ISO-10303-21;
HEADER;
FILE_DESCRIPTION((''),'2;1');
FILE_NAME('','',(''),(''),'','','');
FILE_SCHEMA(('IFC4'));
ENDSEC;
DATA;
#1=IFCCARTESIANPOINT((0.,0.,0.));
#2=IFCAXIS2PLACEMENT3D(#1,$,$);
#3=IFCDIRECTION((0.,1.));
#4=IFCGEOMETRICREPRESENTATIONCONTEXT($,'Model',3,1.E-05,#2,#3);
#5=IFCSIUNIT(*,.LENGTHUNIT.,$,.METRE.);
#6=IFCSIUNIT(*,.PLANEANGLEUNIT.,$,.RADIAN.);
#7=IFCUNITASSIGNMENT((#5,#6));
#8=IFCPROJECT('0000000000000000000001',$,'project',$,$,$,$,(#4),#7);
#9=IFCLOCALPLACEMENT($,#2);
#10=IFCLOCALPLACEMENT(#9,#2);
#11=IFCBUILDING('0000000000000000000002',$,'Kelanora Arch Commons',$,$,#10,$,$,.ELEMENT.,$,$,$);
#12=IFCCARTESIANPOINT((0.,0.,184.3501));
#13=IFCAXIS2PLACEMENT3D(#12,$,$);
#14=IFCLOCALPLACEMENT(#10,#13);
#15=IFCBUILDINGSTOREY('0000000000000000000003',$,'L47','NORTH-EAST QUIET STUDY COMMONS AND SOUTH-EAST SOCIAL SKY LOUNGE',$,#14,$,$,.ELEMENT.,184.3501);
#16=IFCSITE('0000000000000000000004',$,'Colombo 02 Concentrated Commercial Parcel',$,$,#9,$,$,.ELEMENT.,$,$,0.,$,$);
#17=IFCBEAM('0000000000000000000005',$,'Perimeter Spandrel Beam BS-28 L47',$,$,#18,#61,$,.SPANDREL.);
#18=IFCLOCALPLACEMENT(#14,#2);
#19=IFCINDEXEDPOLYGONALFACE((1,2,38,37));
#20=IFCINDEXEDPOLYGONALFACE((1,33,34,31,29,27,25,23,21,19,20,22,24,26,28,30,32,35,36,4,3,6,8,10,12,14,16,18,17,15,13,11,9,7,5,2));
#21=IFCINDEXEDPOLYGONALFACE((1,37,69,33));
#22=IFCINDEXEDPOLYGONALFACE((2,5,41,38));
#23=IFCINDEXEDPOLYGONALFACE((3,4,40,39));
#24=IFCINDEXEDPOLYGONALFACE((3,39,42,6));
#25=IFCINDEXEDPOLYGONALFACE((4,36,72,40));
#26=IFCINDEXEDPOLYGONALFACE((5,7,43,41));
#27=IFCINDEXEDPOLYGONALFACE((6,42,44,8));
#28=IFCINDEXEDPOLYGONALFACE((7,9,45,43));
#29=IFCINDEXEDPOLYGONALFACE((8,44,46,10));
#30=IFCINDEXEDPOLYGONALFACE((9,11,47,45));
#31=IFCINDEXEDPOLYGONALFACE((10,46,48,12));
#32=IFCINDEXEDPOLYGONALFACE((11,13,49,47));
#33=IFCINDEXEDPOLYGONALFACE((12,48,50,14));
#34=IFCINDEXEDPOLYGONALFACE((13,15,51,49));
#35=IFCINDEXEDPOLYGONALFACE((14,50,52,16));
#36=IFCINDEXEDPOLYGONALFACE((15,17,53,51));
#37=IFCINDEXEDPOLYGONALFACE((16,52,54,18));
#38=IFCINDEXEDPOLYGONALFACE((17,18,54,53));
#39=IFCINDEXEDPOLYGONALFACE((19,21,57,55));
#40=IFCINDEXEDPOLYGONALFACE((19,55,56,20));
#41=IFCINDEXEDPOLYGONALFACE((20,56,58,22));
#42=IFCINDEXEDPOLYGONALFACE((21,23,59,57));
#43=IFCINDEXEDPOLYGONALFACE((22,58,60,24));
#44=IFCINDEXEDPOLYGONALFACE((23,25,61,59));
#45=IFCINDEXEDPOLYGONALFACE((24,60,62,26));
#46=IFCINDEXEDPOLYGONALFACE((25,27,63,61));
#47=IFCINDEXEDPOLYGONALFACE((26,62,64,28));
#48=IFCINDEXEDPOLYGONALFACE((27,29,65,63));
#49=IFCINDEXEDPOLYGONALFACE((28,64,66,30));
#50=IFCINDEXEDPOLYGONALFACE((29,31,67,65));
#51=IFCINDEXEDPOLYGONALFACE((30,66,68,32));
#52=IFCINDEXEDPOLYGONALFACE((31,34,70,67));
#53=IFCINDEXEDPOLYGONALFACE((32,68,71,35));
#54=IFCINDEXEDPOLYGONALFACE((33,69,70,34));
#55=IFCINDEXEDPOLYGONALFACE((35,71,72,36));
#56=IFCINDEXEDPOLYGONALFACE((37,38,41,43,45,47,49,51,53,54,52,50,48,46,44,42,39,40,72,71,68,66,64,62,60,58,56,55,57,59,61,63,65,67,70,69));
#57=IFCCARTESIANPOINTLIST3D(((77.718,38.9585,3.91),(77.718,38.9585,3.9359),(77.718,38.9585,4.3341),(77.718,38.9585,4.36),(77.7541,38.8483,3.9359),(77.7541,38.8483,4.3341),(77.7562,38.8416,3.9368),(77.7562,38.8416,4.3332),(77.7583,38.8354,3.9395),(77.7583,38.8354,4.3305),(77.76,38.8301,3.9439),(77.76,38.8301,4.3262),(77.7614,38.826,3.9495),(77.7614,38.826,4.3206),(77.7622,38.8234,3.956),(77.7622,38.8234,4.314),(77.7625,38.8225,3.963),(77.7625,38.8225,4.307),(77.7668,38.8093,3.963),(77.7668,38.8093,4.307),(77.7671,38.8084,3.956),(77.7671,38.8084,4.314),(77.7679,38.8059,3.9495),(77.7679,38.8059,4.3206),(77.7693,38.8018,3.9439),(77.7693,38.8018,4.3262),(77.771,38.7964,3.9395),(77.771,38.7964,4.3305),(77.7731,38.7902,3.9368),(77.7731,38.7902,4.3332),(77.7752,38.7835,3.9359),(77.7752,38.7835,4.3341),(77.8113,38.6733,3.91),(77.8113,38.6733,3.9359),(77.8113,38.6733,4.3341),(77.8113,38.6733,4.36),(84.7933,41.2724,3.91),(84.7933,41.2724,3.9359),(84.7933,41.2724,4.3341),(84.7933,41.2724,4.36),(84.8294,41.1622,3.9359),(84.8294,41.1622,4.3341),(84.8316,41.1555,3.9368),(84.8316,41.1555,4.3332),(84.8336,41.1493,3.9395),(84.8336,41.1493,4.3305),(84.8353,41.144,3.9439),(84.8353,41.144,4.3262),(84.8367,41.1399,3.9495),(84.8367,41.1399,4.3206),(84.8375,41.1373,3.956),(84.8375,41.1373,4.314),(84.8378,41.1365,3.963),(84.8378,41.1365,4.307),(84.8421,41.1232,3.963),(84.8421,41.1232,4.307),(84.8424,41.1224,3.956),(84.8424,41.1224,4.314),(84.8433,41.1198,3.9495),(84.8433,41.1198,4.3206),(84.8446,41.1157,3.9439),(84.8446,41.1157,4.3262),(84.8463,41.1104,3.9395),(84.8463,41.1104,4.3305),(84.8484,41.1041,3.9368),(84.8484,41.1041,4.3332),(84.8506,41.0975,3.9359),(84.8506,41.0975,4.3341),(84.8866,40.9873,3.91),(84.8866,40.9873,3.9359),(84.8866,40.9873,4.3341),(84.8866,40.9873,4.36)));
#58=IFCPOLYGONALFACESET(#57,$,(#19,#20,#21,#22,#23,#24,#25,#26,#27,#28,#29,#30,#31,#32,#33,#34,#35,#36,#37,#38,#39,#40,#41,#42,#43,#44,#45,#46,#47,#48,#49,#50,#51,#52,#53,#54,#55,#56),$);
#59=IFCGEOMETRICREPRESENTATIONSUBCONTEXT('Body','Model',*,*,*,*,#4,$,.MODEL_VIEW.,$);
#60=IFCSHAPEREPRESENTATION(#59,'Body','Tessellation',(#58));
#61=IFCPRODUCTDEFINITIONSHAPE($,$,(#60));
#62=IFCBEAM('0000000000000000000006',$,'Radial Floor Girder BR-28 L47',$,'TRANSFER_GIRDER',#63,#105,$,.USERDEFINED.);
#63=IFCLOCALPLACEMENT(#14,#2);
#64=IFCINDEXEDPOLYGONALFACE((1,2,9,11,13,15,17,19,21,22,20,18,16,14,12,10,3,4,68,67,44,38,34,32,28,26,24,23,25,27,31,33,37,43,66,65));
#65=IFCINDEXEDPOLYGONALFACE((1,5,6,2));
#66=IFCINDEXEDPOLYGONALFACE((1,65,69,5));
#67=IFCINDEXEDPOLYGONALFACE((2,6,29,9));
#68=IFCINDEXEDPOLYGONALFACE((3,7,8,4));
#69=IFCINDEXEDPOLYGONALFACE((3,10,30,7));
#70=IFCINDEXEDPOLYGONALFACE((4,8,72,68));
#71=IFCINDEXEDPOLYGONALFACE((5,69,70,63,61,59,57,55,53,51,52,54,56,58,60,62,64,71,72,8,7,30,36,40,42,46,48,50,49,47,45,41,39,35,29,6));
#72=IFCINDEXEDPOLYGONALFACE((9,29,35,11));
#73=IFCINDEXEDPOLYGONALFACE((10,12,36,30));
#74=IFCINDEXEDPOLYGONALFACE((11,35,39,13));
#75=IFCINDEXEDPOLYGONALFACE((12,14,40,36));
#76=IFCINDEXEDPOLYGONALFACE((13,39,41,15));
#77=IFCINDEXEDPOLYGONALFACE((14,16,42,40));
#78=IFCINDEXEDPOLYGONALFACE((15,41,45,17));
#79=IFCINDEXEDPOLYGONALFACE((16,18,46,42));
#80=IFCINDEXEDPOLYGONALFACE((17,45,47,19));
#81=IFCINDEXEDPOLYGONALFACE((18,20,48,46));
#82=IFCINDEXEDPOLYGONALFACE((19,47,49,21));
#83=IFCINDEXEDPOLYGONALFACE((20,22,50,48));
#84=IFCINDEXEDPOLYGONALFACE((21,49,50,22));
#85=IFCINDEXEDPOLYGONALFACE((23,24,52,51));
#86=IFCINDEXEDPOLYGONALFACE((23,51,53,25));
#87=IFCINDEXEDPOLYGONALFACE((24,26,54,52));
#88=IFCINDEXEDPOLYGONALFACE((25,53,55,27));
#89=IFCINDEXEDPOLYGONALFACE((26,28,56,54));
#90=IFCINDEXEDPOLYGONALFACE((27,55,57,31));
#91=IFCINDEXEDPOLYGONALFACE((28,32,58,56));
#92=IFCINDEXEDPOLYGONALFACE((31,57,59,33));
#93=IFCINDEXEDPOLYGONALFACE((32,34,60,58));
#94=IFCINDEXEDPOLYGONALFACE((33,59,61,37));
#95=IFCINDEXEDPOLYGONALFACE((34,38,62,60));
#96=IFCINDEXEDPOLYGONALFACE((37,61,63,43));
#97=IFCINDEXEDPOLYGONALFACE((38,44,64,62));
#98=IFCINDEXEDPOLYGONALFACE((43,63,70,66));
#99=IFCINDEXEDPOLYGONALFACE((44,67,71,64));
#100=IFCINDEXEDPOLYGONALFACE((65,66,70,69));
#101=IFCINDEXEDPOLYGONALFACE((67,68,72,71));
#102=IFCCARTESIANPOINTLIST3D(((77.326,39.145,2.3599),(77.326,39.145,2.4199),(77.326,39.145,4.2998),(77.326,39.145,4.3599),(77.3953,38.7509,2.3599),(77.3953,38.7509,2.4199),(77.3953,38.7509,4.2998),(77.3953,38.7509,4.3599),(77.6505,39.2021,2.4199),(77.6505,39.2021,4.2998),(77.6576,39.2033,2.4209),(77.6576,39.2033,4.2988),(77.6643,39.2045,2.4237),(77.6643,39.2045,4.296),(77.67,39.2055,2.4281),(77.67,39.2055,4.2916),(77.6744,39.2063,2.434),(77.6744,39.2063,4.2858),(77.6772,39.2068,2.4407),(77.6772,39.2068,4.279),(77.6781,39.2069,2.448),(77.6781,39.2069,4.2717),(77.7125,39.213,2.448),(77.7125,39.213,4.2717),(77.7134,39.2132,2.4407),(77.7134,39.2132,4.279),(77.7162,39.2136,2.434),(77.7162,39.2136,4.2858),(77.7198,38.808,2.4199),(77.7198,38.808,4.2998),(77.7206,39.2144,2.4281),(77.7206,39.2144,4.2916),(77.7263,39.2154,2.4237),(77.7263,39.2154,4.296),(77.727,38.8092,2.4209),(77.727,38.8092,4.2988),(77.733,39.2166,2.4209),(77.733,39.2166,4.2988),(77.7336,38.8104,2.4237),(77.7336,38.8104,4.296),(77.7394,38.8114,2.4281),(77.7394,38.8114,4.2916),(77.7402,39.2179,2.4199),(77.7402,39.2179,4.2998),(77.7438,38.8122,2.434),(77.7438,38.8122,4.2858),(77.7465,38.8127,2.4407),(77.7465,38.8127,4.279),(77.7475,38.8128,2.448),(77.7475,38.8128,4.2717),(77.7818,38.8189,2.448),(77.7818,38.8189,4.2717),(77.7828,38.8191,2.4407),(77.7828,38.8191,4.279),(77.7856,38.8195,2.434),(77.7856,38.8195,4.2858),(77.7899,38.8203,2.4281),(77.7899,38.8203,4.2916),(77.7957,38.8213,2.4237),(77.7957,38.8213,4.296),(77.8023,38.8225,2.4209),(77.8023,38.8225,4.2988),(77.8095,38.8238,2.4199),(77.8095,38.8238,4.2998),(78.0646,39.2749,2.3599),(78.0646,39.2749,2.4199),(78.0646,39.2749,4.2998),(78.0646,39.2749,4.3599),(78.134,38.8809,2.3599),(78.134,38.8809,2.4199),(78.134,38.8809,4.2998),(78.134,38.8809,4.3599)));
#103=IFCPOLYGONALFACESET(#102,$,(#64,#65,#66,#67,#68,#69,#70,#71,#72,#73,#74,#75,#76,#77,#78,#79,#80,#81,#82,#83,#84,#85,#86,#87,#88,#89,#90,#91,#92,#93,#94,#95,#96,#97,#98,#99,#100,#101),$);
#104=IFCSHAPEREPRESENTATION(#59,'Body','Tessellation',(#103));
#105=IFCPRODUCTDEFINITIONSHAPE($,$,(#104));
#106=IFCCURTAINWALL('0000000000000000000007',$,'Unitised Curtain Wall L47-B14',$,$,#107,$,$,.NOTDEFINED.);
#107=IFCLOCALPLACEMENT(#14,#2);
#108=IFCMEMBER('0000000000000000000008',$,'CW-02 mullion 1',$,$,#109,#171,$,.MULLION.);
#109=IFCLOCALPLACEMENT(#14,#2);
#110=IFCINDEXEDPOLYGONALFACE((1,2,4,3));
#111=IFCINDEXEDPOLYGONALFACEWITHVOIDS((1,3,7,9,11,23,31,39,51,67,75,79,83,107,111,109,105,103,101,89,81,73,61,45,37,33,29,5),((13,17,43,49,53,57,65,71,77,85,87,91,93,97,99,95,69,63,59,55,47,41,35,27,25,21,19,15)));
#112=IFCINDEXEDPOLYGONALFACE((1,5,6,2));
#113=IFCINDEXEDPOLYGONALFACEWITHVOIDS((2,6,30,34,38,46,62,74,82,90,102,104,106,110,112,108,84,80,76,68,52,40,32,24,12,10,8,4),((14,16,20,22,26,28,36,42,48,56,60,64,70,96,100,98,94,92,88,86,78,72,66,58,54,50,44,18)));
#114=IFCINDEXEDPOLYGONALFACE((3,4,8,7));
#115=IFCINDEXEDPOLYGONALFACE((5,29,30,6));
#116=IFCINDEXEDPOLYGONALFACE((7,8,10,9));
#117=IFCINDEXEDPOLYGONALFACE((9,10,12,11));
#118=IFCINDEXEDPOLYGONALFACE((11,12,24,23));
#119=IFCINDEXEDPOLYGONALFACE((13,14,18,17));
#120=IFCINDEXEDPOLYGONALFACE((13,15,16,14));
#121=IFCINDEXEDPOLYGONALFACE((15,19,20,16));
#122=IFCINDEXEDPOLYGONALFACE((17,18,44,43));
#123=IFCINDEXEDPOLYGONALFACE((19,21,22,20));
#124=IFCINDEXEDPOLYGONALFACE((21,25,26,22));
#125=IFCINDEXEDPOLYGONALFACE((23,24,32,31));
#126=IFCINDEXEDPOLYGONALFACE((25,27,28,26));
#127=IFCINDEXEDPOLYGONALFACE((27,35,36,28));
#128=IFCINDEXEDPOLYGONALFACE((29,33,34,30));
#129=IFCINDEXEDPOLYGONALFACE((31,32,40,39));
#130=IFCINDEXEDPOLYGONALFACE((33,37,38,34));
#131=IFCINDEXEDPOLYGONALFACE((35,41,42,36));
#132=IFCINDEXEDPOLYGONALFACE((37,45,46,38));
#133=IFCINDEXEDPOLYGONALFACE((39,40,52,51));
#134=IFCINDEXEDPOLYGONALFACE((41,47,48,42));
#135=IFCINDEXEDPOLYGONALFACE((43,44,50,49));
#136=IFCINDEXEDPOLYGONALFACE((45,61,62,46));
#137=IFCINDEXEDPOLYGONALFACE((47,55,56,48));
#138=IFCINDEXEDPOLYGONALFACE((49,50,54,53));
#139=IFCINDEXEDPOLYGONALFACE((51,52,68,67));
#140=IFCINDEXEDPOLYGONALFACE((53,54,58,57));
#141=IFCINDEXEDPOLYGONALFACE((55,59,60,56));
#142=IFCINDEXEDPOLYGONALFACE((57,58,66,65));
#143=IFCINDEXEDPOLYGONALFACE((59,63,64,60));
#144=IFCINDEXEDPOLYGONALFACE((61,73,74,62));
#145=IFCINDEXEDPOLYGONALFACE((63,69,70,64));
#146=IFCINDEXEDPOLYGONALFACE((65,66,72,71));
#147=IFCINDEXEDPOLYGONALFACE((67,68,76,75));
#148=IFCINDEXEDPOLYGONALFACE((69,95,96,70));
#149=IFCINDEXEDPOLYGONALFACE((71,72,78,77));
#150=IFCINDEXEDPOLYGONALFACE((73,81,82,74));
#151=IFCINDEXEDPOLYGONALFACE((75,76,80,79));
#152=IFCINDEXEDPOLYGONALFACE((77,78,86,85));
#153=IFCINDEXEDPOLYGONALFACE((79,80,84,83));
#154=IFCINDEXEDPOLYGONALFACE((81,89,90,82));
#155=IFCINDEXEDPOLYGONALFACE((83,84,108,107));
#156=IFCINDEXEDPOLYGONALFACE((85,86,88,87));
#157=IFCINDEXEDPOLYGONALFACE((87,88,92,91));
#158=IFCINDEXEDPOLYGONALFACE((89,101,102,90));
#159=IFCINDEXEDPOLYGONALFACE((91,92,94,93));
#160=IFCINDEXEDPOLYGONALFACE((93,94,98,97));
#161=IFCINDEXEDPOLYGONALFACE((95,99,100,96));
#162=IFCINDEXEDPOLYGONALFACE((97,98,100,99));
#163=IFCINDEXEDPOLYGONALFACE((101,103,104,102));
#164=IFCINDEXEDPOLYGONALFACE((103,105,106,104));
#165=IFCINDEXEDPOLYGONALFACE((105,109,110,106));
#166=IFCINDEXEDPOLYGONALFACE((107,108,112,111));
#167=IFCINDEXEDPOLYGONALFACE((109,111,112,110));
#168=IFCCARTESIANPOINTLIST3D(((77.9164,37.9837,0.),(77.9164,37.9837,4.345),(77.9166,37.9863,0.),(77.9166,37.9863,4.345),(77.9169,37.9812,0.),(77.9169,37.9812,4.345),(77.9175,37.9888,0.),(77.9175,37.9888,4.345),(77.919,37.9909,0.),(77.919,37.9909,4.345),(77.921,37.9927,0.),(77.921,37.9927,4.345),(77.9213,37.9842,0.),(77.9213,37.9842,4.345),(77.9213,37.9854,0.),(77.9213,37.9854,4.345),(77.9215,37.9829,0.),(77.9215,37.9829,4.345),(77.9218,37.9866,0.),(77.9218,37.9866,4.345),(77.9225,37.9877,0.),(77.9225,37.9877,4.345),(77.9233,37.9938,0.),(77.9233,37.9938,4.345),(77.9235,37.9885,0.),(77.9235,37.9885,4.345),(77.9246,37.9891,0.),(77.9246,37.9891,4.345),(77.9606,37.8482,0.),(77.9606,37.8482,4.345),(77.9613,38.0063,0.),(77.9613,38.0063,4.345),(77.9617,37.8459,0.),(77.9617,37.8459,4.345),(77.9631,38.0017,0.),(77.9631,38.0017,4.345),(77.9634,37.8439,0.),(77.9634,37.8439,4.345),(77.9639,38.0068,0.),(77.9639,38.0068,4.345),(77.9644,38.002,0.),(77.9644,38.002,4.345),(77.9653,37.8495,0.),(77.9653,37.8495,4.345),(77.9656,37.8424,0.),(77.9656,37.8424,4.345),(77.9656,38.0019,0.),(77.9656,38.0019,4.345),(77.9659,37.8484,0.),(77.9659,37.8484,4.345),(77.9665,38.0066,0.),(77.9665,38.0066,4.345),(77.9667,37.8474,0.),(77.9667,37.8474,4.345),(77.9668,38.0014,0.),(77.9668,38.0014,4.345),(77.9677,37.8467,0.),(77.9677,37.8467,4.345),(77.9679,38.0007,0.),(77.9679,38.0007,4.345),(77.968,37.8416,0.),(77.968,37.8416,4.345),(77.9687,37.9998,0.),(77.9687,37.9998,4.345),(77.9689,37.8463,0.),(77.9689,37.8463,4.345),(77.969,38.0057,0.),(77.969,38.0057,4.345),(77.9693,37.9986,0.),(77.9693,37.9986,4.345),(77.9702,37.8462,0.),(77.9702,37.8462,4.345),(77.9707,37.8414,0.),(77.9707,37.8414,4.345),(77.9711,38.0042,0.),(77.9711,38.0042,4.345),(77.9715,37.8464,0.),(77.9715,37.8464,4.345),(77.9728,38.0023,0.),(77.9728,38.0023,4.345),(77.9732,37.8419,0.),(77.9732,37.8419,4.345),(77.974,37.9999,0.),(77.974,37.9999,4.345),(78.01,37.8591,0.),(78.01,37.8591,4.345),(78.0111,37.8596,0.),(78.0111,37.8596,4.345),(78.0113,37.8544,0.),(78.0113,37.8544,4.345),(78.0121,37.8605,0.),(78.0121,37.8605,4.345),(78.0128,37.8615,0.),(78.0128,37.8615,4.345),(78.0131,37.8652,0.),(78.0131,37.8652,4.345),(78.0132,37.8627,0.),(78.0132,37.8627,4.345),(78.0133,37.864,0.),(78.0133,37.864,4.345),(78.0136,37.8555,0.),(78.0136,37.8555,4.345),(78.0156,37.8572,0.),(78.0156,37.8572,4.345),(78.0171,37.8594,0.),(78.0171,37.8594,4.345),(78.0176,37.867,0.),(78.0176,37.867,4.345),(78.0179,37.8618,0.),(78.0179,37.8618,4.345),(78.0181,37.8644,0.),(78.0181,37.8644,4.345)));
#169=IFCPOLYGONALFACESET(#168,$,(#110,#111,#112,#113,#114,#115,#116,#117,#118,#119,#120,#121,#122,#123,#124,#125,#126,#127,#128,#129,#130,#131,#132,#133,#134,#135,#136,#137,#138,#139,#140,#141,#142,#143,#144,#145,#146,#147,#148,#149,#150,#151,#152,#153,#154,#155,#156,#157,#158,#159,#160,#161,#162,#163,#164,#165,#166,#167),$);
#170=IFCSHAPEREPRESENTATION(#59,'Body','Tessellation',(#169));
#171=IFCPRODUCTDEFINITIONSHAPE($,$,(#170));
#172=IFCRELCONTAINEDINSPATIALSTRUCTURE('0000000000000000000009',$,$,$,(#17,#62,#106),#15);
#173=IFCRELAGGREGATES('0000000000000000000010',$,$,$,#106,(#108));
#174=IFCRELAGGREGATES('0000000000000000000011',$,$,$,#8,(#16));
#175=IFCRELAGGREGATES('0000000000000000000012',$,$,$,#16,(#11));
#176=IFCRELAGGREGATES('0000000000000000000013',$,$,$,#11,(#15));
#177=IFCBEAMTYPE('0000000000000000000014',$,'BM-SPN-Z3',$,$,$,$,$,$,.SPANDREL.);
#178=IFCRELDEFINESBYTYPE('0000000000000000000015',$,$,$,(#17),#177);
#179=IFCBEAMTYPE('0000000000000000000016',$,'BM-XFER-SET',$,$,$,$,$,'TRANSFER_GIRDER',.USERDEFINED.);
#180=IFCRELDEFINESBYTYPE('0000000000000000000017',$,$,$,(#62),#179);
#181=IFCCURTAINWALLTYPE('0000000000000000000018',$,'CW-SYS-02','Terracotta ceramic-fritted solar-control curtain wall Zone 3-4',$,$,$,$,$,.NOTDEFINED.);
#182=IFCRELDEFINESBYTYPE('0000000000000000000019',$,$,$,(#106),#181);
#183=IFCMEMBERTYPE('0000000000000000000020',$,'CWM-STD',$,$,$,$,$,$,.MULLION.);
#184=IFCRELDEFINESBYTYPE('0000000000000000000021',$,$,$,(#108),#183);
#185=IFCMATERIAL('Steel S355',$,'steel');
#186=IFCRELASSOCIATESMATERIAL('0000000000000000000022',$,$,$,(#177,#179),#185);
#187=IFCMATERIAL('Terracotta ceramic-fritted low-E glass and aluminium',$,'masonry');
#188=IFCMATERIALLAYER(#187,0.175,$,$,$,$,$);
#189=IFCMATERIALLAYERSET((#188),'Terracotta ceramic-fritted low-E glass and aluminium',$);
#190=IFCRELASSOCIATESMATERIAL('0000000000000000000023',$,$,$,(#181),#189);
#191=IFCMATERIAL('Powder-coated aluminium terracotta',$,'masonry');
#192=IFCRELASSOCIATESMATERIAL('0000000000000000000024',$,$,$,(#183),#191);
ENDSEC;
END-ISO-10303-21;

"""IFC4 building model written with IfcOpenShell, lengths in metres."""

from ifc_helpers import new_model, si_unit, direction, frame, origin, origin_2d, place, context, subcontext, project, spatial, hollow_rectangle, i_section, extrude, material, layer, layer_set, material_profile, profile_set, type_object, element, aggregate, save


model = new_model("IFC4")

# Units and contexts
model_context = context("Model", 3, precision=1e-05, world=origin(), true_north=direction((0.0, 1.0)))
body_context = subcontext(model_context, "Body", "Model", "MODEL_VIEW")
ifc_project = project(units=[si_unit("LENGTHUNIT", "METRE"), si_unit("PLANEANGLEUNIT", "RADIAN")], contexts=[model_context])

# Site, building, storey
site_placement = place(None, origin())
site = spatial("IfcSite", under=ifc_project, at=site_placement, Name="Colombo 02 Concentrated Commercial Parcel", CompositionType="ELEMENT", RefElevation=0.0)
building_placement = place(site_placement, origin())
building = spatial("IfcBuilding", under=site, at=building_placement, Name="Kelanora Arch Commons", CompositionType="ELEMENT")
storey_placement = place(building_placement, frame((0.0, 0.0, 184.3501)))
storey = spatial("IfcBuildingStorey", under=building, at=storey_placement, Name="L47", Description="NORTH-EAST QUIET STUDY COMMONS AND SOUTH-EAST SOCIAL SKY LOUNGE", CompositionType="ELEMENT", Elevation=184.3501)

# Beams
ifc_material_1 = material(Name="Steel S355", Category="steel")
ifc_material_profile_1 = material_profile(ifc_material_1, i_section(OverallWidth=0.3, OverallDepth=0.45, WebThickness=0.0139, FlangeThickness=0.0259, FilletRadius=0.0271, at=origin_2d()), Name="HEB450")
ifc_profile_set_1 = profile_set([ifc_material_profile_1], Name="Steel S355")
beam_type_1 = type_object("IfcBeamType", Name="BM-SPN-Z3", PredefinedType="SPANDREL", material=ifc_profile_set_1)
beam_1_placement = place(storey_placement, frame((77.7646, 38.8159, 4.135), z_axis=(0.950462, 0.310841, 0.0), x_axis=(-0.310841, 0.950462, 0.0)))
element("IfcBeam", 1, at=beam_1_placement, inside=storey, type_object=beam_type_1, Name="Perimeter Spandrel Beam BS-28 L47", PredefinedType="SPANDREL", context=body_context, shape_type="SweptSolid", body=[
    extrude(i_section(OverallWidth=0.3, OverallDepth=0.45, WebThickness=0.0139, FlangeThickness=0.0259, FilletRadius=0.0271, at=origin_2d()), origin(), (0.0, 0.0, 1.0), 7.4441),
])
ifc_material_profile_2 = material_profile(ifc_material_1, i_section(OverallWidth=0.75, OverallDepth=2.0, WebThickness=0.0349, FlangeThickness=0.0601, FilletRadius=0.0281, at=origin_2d()), Name="PG2000x750")
ifc_profile_set_2 = profile_set([ifc_material_profile_2], Name="Steel S355")
beam_type_2 = type_object("IfcBeamType", Name="BM-XFER-SET", ElementType="TRANSFER_GIRDER", PredefinedType="USERDEFINED", material=ifc_profile_set_2)
beam_2_placement = place(storey_placement, frame((77.6953, 39.21, 3.3599), z_axis=(0.173298, -0.984869, 0.0), x_axis=(0.984869, 0.173298, 0.0)))
element("IfcBeam", 2, at=beam_2_placement, inside=storey, type_object=beam_type_2, Name="Radial Floor Girder BR-28 L47", ObjectType="TRANSFER_GIRDER", PredefinedType="USERDEFINED", context=body_context, shape_type="SweptSolid", body=[
    extrude(i_section(OverallWidth=0.75, OverallDepth=2.0, WebThickness=0.0349, FlangeThickness=0.0601, FilletRadius=0.0281, at=origin_2d()), origin(), (0.0, 0.0, 1.0), 0.4001),
])

# Curtain wall, member
ifc_material_2 = material(Name="Terracotta ceramic-fritted low-E glass and aluminium", Category="masonry")
ifc_layer_1 = layer(ifc_material_2, 0.175)
ifc_layer_set_1 = layer_set([ifc_layer_1], Name="Terracotta ceramic-fritted low-E glass and aluminium")
curtain_wall_type = type_object("IfcCurtainWallType", Name="CW-SYS-02", Description="Terracotta ceramic-fritted solar-control curtain wall Zone 3-4", PredefinedType="NOTDEFINED", material=ifc_layer_set_1)
curtain_wall_placement = place(storey_placement, origin())
curtain_wall = element("IfcCurtainWall", 3, at=curtain_wall_placement, inside=storey, type_object=curtain_wall_type, Name="Unitised Curtain Wall L47-B14", PredefinedType="NOTDEFINED")
ifc_material_3 = material(Name="Powder-coated aluminium terracotta", Category="masonry")
ifc_material_profile_3 = material_profile(ifc_material_3, hollow_rectangle(XDim=0.1599, YDim=0.0601, WallThickness=0.0049, InnerFilletRadius=0.0049, OuterFilletRadius=0.01, at=origin_2d()), Name="CWM160x60")
ifc_profile_set_3 = profile_set([ifc_material_profile_3], Name="Powder-coated aluminium terracotta")
member_type_1 = type_object("IfcMemberType", Name="CWM-STD", PredefinedType="MULLION", material=ifc_profile_set_3)
member_1_placement = place(storey_placement, frame((77.9673, 37.9241, 0.0), z_axis=(0.0, 0.0, 1.0), x_axis=(-0.312128, 0.95004, 0.0)))
member_1 = element("IfcMember", 4, at=member_1_placement, type_object=member_type_1, Name="CW-02 mullion 1", PredefinedType="MULLION", context=body_context, shape_type="SweptSolid", body=[
    extrude(hollow_rectangle(XDim=0.1599, YDim=0.0601, WallThickness=0.0049, InnerFilletRadius=0.0049, OuterFilletRadius=0.01, at=origin_2d()), origin(), (0.0, 0.0, 1.0), 4.345),
])
aggregate(curtain_wall, [member_1])

save(model, "model.ifc")
